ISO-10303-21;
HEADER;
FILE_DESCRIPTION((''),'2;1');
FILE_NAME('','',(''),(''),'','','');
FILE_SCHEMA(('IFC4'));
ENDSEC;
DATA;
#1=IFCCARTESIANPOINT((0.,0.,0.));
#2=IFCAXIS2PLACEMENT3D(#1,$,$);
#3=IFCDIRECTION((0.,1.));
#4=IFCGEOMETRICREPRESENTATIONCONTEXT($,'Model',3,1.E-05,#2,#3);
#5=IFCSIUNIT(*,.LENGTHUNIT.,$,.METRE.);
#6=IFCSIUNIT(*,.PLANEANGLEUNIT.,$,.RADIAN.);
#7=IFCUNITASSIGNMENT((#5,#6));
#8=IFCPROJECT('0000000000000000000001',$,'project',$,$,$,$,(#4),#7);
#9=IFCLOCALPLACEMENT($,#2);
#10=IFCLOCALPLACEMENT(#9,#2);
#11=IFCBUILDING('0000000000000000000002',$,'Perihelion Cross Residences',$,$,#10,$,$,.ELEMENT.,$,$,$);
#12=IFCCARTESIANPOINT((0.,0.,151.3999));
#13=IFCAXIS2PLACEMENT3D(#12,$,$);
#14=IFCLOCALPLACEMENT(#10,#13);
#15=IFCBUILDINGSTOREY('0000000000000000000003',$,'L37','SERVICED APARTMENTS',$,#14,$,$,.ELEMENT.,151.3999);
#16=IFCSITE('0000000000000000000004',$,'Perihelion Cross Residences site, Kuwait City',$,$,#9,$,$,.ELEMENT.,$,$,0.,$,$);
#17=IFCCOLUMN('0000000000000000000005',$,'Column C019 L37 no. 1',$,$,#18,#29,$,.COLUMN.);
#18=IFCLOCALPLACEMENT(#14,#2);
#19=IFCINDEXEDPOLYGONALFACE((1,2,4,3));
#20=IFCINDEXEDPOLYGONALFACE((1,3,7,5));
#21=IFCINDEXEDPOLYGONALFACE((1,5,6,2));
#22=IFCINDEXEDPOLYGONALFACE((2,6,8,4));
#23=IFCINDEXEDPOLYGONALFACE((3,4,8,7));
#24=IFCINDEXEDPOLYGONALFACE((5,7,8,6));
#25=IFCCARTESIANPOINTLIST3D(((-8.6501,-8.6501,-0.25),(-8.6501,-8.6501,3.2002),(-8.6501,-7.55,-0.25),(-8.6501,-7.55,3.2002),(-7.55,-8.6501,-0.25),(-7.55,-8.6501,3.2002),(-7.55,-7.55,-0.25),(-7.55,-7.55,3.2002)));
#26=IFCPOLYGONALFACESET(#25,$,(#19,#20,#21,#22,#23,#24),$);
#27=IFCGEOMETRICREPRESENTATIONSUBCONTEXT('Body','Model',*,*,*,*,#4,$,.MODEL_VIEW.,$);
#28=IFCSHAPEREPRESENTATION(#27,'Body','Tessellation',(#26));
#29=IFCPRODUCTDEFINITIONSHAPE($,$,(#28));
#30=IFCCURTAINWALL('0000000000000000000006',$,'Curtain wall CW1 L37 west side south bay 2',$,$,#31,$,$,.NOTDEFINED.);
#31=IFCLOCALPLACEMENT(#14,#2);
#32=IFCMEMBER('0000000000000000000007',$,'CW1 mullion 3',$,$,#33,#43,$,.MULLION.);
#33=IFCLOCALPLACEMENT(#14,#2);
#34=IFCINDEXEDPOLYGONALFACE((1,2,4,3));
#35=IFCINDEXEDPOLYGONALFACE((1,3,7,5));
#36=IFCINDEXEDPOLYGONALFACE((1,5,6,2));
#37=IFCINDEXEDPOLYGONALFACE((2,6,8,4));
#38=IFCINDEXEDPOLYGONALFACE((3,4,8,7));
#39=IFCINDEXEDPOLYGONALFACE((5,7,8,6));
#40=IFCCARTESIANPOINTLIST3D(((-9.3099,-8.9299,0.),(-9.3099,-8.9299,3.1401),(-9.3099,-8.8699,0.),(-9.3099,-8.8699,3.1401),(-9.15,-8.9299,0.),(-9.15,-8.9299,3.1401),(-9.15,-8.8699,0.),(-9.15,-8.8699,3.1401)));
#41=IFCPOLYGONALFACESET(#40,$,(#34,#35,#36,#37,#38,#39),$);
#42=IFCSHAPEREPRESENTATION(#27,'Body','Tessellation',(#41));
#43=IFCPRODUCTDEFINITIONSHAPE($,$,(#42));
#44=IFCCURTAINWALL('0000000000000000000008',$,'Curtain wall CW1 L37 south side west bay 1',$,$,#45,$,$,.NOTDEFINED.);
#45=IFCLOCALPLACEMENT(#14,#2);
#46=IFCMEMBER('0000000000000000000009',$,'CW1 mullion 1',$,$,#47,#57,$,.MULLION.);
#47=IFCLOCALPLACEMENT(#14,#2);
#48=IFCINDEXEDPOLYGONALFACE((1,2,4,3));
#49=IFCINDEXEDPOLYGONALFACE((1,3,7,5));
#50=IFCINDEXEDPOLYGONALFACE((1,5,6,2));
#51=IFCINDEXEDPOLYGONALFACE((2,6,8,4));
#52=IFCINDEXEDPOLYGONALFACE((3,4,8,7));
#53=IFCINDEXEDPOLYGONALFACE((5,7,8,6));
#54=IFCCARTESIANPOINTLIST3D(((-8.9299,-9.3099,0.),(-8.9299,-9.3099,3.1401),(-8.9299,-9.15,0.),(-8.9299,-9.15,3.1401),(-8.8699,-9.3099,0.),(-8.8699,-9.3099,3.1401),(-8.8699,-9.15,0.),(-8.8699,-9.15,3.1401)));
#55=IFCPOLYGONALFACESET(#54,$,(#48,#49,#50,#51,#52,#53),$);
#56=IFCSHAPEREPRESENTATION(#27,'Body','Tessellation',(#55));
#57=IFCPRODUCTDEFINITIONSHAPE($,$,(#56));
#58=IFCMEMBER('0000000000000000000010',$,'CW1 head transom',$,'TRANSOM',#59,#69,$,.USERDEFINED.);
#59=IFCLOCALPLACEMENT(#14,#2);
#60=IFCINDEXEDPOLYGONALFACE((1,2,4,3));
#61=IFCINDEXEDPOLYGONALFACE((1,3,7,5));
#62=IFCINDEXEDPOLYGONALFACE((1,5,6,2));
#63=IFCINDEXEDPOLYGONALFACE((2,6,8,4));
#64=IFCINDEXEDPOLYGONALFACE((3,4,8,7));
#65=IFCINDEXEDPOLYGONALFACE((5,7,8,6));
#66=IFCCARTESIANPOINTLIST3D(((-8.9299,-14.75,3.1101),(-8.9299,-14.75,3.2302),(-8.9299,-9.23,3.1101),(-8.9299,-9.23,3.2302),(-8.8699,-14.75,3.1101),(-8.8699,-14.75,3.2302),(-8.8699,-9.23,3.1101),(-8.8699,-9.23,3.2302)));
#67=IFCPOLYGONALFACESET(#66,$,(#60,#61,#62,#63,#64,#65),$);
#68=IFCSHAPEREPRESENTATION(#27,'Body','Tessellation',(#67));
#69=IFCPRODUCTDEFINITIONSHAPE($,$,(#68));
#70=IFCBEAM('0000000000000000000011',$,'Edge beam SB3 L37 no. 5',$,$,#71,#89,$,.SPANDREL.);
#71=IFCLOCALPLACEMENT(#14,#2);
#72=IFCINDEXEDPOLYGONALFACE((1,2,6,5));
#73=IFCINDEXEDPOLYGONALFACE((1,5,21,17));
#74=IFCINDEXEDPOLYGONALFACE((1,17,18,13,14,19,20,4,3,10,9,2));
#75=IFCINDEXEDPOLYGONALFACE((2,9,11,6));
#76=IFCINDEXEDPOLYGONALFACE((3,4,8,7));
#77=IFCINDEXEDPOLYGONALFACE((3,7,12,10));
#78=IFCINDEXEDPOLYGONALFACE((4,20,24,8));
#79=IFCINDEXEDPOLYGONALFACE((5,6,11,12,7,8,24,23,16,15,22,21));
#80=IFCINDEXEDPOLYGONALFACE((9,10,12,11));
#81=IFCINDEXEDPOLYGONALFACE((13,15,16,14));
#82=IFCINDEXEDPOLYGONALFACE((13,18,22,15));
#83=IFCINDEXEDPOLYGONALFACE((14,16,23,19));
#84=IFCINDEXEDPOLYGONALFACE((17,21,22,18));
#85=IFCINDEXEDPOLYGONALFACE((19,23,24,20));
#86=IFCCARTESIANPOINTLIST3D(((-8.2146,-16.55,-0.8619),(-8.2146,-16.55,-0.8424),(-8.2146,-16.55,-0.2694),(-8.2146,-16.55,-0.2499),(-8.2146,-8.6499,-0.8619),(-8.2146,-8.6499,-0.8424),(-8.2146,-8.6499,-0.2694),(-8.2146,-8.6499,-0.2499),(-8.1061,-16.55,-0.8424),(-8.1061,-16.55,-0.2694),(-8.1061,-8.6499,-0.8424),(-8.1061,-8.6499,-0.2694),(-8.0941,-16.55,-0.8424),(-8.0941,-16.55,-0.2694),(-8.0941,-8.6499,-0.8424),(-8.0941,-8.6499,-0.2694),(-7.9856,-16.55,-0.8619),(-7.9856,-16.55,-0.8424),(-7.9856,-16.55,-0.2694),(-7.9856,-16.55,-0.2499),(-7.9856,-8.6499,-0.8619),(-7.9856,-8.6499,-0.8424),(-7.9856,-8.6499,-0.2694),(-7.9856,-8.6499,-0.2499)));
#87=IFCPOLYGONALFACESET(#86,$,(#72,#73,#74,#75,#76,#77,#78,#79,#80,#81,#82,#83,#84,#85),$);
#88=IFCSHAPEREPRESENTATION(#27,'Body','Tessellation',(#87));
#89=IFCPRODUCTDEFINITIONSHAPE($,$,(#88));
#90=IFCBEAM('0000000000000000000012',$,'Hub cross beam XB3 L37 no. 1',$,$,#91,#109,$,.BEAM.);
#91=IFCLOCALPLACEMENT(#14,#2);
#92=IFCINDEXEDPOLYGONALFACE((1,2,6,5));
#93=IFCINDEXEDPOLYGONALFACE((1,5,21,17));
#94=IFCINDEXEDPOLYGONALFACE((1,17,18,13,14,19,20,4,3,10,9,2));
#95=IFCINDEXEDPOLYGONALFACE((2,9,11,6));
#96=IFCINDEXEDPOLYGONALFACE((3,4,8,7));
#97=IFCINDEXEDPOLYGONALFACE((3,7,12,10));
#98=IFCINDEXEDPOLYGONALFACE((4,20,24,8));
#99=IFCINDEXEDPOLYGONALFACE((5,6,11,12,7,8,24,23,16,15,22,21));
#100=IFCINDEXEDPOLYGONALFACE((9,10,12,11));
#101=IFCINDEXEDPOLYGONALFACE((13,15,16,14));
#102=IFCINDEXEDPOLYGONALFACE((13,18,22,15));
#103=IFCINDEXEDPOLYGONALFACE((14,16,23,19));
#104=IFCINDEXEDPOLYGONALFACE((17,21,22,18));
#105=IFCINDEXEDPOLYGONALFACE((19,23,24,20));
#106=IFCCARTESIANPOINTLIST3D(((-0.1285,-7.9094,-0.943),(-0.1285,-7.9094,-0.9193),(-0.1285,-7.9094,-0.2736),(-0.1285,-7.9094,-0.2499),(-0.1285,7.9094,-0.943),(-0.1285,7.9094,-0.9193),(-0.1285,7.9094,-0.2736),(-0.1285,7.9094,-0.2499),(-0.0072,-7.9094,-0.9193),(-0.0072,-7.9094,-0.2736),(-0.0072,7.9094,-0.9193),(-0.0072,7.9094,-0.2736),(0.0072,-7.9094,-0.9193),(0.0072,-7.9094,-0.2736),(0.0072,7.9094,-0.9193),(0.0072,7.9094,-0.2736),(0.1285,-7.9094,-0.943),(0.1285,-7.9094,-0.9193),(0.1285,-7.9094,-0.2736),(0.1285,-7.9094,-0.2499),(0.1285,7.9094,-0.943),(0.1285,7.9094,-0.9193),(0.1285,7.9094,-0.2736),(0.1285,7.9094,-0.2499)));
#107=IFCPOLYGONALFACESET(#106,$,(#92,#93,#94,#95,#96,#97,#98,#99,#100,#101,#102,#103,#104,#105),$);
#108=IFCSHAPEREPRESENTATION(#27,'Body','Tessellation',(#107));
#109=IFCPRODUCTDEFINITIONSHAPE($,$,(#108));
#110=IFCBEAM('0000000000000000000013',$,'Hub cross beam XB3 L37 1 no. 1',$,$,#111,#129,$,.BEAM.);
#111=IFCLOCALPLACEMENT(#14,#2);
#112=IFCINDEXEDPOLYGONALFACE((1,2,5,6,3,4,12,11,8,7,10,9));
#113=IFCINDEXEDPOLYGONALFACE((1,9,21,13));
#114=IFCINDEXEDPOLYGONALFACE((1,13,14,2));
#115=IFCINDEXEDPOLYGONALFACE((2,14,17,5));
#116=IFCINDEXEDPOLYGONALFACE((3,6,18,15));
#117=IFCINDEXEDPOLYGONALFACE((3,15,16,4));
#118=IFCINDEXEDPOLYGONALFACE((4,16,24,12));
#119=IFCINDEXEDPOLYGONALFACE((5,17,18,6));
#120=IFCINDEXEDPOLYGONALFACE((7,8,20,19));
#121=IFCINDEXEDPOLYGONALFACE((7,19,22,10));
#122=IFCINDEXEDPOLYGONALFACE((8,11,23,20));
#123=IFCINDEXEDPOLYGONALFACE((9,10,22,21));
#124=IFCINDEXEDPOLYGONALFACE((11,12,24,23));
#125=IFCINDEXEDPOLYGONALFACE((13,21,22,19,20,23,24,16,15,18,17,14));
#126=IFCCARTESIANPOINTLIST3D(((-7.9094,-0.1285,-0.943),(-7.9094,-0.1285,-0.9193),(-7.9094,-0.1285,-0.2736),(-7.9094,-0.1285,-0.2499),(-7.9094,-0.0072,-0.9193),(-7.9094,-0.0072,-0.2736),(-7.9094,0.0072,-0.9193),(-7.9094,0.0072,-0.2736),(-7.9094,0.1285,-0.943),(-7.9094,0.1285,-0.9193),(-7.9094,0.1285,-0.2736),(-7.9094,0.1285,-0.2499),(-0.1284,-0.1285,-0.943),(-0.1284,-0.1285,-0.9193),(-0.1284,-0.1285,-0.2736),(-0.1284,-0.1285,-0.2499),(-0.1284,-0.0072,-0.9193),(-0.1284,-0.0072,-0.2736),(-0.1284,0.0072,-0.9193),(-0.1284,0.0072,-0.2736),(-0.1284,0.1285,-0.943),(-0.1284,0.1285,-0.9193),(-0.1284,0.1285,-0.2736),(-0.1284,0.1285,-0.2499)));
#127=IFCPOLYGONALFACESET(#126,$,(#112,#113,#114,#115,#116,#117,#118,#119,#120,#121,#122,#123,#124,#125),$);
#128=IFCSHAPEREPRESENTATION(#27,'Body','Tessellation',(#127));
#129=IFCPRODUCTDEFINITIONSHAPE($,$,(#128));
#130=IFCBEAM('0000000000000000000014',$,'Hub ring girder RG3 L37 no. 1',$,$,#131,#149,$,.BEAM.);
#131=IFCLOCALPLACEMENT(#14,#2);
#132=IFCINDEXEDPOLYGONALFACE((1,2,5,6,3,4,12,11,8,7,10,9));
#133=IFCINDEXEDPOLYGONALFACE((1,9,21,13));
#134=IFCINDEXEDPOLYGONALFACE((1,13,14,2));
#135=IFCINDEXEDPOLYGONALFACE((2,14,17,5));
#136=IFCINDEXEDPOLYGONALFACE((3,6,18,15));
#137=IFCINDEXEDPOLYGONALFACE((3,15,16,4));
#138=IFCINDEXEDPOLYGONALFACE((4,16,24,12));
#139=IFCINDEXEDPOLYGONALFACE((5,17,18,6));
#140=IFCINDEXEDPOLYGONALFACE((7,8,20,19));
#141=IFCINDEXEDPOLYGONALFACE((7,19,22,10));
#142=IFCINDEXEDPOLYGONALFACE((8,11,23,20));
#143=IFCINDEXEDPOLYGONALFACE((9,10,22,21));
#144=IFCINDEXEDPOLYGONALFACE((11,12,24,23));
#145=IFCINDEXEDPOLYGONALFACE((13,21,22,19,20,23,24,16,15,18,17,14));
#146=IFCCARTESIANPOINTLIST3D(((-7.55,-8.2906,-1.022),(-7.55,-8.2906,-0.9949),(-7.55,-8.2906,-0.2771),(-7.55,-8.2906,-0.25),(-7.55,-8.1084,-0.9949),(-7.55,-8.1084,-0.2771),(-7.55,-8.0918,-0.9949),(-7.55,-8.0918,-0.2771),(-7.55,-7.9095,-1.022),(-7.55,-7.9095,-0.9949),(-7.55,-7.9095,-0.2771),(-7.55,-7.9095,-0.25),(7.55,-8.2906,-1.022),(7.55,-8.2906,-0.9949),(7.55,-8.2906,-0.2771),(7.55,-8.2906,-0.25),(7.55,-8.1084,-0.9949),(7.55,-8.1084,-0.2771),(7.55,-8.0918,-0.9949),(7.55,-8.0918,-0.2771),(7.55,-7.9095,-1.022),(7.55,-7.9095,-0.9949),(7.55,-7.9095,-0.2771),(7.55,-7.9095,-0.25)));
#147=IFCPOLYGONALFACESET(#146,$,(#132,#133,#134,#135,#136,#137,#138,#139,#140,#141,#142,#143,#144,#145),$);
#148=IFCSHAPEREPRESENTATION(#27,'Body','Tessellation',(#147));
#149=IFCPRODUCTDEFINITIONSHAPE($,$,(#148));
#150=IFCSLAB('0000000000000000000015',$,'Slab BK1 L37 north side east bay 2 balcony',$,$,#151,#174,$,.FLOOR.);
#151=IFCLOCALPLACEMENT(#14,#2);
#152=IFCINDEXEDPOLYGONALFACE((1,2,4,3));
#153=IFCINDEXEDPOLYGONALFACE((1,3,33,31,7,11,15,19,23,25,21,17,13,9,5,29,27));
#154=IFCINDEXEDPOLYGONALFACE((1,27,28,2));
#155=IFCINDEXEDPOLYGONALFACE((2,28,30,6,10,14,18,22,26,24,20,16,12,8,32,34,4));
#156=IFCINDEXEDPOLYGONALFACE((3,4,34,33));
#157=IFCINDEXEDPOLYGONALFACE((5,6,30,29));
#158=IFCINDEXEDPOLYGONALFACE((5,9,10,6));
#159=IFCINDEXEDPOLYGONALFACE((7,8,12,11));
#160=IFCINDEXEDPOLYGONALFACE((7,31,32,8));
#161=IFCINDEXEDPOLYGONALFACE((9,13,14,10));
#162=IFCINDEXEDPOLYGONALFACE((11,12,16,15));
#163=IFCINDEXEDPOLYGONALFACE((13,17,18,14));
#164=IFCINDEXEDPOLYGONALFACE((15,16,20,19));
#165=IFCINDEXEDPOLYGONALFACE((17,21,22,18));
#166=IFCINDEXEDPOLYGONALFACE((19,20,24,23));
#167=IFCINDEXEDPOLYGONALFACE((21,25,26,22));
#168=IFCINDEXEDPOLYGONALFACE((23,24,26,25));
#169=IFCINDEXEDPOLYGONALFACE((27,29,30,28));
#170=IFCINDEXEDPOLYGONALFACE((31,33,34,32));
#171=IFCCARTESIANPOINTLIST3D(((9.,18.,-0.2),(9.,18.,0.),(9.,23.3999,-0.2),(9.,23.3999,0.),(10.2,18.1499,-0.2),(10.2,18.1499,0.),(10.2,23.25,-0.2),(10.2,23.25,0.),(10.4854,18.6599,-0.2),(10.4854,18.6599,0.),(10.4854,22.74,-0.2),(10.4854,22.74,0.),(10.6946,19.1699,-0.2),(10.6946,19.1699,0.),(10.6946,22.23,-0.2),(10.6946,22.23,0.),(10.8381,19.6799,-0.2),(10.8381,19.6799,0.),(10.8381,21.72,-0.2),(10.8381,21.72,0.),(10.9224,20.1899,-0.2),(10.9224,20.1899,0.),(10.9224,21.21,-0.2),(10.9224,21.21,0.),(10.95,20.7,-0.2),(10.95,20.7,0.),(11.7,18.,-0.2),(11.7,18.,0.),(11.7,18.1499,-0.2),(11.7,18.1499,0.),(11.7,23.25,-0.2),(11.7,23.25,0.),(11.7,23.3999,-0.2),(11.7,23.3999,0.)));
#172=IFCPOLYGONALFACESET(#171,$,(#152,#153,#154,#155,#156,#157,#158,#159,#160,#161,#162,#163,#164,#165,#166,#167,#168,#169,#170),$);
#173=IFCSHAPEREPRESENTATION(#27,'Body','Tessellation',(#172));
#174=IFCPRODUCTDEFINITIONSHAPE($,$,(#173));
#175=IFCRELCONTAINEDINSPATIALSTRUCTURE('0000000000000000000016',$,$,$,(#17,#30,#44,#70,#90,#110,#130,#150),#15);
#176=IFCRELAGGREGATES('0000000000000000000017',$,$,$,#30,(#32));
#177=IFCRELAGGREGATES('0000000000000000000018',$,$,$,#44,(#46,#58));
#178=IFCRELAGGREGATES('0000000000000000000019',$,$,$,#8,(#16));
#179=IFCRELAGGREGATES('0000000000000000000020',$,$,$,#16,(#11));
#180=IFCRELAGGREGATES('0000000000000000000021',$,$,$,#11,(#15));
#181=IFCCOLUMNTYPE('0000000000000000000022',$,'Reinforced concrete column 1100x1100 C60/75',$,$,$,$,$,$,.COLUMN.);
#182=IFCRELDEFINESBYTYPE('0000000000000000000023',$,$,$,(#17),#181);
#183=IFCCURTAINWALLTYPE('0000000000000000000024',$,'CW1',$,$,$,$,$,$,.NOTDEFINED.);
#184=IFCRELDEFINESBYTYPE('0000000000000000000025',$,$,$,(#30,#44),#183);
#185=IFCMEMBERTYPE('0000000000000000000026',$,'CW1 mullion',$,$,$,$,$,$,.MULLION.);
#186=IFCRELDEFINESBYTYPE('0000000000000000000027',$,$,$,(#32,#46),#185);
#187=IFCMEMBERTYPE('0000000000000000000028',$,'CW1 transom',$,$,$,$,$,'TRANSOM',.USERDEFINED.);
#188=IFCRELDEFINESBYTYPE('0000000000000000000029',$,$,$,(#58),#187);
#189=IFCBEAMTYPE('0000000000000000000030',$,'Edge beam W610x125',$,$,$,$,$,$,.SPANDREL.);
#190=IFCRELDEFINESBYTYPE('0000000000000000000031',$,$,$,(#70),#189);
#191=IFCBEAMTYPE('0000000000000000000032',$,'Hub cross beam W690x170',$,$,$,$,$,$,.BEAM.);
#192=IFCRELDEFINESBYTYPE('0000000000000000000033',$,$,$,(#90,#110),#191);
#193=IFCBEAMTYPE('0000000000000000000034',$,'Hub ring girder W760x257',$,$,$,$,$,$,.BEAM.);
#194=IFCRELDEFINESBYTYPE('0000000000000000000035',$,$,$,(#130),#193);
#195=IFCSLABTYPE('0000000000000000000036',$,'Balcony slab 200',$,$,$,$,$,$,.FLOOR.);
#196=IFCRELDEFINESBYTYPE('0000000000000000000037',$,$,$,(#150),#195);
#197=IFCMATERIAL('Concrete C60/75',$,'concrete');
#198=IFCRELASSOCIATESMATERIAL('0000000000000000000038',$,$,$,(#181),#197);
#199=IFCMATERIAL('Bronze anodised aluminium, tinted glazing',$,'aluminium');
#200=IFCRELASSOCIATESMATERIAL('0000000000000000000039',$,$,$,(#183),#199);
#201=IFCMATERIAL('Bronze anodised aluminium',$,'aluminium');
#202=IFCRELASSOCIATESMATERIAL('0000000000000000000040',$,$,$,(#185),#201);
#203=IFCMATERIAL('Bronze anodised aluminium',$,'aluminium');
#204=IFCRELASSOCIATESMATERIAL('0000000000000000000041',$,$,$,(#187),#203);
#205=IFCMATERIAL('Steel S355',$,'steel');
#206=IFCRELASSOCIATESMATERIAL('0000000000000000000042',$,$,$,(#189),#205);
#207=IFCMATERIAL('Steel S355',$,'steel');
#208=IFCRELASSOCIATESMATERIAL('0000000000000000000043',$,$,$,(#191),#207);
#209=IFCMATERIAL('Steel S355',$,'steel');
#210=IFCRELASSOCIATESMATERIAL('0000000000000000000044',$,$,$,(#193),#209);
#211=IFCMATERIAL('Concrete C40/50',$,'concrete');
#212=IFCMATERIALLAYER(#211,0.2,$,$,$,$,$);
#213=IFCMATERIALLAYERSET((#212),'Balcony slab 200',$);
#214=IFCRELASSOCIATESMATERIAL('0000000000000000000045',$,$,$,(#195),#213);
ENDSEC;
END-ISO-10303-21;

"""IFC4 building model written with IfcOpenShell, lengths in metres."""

from ifc_helpers import new_model, si_unit, direction, frame, origin, origin_2d, place, context, subcontext, project, spatial, polyline, rectangle, i_section, outline, extrude, material, layer, layer_set, material_profile, profile_set, type_object, element, aggregate, save


model = new_model("IFC4")

# Units and contexts
model_context = context("Model", 3, precision=1e-05, world=origin(), true_north=direction((0.0, 1.0)))
body_context = subcontext(model_context, "Body", "Model", "MODEL_VIEW")
ifc_project = project(units=[si_unit("LENGTHUNIT", "METRE"), si_unit("PLANEANGLEUNIT", "RADIAN")], contexts=[model_context])

# Site, building, storey
site_placement = place(None, origin())
site = spatial("IfcSite", under=ifc_project, at=site_placement, Name="Perihelion Cross Residences site, Kuwait City", CompositionType="ELEMENT", RefElevation=0.0)
building_placement = place(site_placement, origin())
building = spatial("IfcBuilding", under=site, at=building_placement, Name="Perihelion Cross Residences", CompositionType="ELEMENT")
storey_placement = place(building_placement, frame((0.0, 0.0, 151.3999)))
storey = spatial("IfcBuildingStorey", under=building, at=storey_placement, Name="L37", Description="SERVICED APARTMENTS", CompositionType="ELEMENT", Elevation=151.3999)

# Column
ifc_material_1 = material(Name="Concrete C60/75", Category="concrete")
ifc_material_profile_1 = material_profile(ifc_material_1, rectangle(XDim=1.1001, YDim=1.1001, at=origin_2d()), Name="RC 1100x1100")
ifc_profile_set_1 = profile_set([ifc_material_profile_1], Name="Concrete C60/75")
column_type = type_object("IfcColumnType", Name="Reinforced concrete column 1100x1100 C60/75", PredefinedType="COLUMN", material=ifc_profile_set_1)
column_placement = place(storey_placement, frame((-8.1001, -8.1001, -0.25), z_axis=(0.0, 0.0, 1.0), x_axis=(1.0, 0.0, 0.0)))
element("IfcColumn", 1, at=column_placement, inside=storey, type_object=column_type, Name="Column C019 L37 no. 1", PredefinedType="COLUMN", context=body_context, shape_type="SweptSolid", body=[
    extrude(rectangle(XDim=1.1001, YDim=1.1001, at=origin_2d()), origin(), (0.0, 0.0, 1.0), 3.4502),
])

# Curtain wall, member
ifc_material_2 = material(Name="Bronze anodised aluminium, tinted glazing", Category="aluminium")
curtain_wall_type = type_object("IfcCurtainWallType", Name="CW1", PredefinedType="NOTDEFINED", material=ifc_material_2)
curtain_wall_1_placement = place(storey_placement, origin())
curtain_wall_1 = element("IfcCurtainWall", 2, at=curtain_wall_1_placement, inside=storey, type_object=curtain_wall_type, Name="Curtain wall CW1 L37 west side south bay 2", PredefinedType="NOTDEFINED")
ifc_material_3 = material(Name="Bronze anodised aluminium", Category="aluminium")
ifc_material_profile_2 = material_profile(ifc_material_3, rectangle(XDim=0.0601, YDim=0.1599, at=origin_2d()), Name="CW1 mullion")
ifc_profile_set_2 = profile_set([ifc_material_profile_2], Name="Bronze anodised aluminium")
member_type_1 = type_object("IfcMemberType", Name="CW1 mullion", PredefinedType="MULLION", material=ifc_profile_set_2)
member_1_placement = place(storey_placement, frame((-9.23, -8.8999, 0.0), z_axis=(0.0, 0.0, 1.0), x_axis=(0.0, 1.0, 0.0)))
member_1 = element("IfcMember", 3, at=member_1_placement, type_object=member_type_1, Name="CW1 mullion 3", PredefinedType="MULLION", context=body_context, shape_type="SweptSolid", body=[
    extrude(rectangle(XDim=0.0601, YDim=0.1599, at=origin_2d()), origin(), (0.0, 0.0, 1.0), 3.1401),
])
aggregate(curtain_wall_1, [member_1])

# Curtain wall, members
curtain_wall_2_placement = place(storey_placement, origin())
curtain_wall_2 = element("IfcCurtainWall", 4, at=curtain_wall_2_placement, inside=storey, type_object=curtain_wall_type, Name="Curtain wall CW1 L37 south side west bay 1", PredefinedType="NOTDEFINED")
member_2_placement = place(storey_placement, frame((-8.8999, -9.23, 0.0), z_axis=(0.0, 0.0, 1.0), x_axis=(1.0, 0.0, 0.0)))
member_2 = element("IfcMember", 5, at=member_2_placement, type_object=member_type_1, Name="CW1 mullion 1", PredefinedType="MULLION", context=body_context, shape_type="SweptSolid", body=[
    extrude(rectangle(XDim=0.0601, YDim=0.1599, at=origin_2d()), origin(), (0.0, 0.0, 1.0), 3.1401),
])
ifc_material_4 = material(Name="Bronze anodised aluminium", Category="aluminium")
ifc_material_profile_3 = material_profile(ifc_material_4, rectangle(XDim=0.0601, YDim=0.1201, at=origin_2d()), Name="CW1 transom")
ifc_profile_set_3 = profile_set([ifc_material_profile_3], Name="Bronze anodised aluminium")
member_type_2 = type_object("IfcMemberType", Name="CW1 transom", ElementType="TRANSOM", PredefinedType="USERDEFINED", material=ifc_profile_set_3)
member_3_placement = place(storey_placement, frame((-8.8999, -9.23, 3.1702), z_axis=(0.0, -1.0, 0.0), x_axis=(1.0, 0.0, 0.0)))
member_3 = element("IfcMember", 6, at=member_3_placement, type_object=member_type_2, Name="CW1 head transom", ObjectType="TRANSOM", PredefinedType="USERDEFINED", context=body_context, shape_type="SweptSolid", body=[
    extrude(rectangle(XDim=0.0601, YDim=0.1201, at=origin_2d()), origin(), (0.0, 0.0, 1.0), 5.52),
])
aggregate(curtain_wall_2, [member_2, member_3])

# Beams
ifc_material_5 = material(Name="Steel S355", Category="steel")
ifc_material_profile_4 = material_profile(ifc_material_5, i_section(OverallWidth=0.229, OverallDepth=0.6121, WebThickness=0.012, FlangeThickness=0.0195, at=origin_2d()), Name="W610x125")
ifc_profile_set_4 = profile_set([ifc_material_profile_4], Name="Steel S355")
beam_type_1 = type_object("IfcBeamType", Name="Edge beam W610x125", PredefinedType="SPANDREL", material=ifc_profile_set_4)
beam_1_placement = place(storey_placement, frame((-8.1001, -8.6499, -0.5559), z_axis=(0.0, -1.0, 0.0), x_axis=(1.0, 0.0, 0.0)))
element("IfcBeam", 7, at=beam_1_placement, inside=storey, type_object=beam_type_1, Name="Edge beam SB3 L37 no. 5", PredefinedType="SPANDREL", context=body_context, shape_type="SweptSolid", body=[
    extrude(i_section(OverallWidth=0.229, OverallDepth=0.6121, WebThickness=0.012, FlangeThickness=0.0195, at=origin_2d()), origin(), (0.0, 0.0, 1.0), 7.9001),
])
ifc_material_6 = material(Name="Steel S355", Category="steel")
ifc_material_profile_5 = material_profile(ifc_material_6, i_section(OverallWidth=0.2571, OverallDepth=0.6931, WebThickness=0.0144, FlangeThickness=0.0237, at=origin_2d()), Name="W690x170")
ifc_profile_set_5 = profile_set([ifc_material_profile_5], Name="Steel S355")
beam_type_2 = type_object("IfcBeamType", Name="Hub cross beam W690x170", PredefinedType="BEAM", material=ifc_profile_set_5)
beam_2_placement = place(storey_placement, frame((0.0, -7.9094, -0.5964), z_axis=(0.0, 1.0, 0.0), x_axis=(-1.0, 0.0, 0.0)))
element("IfcBeam", 8, at=beam_2_placement, inside=storey, type_object=beam_type_2, Name="Hub cross beam XB3 L37 no. 1", PredefinedType="BEAM", context=body_context, shape_type="SweptSolid", body=[
    extrude(i_section(OverallWidth=0.2571, OverallDepth=0.6931, WebThickness=0.0144, FlangeThickness=0.0237, at=origin_2d()), origin(), (0.0, 0.0, 1.0), 15.8188),
])
beam_3_placement = place(storey_placement, frame((-7.9094, 0.0, -0.5964), z_axis=(1.0, 0.0, 0.0), x_axis=(0.0, 1.0, 0.0)))
element("IfcBeam", 9, at=beam_3_placement, inside=storey, type_object=beam_type_2, Name="Hub cross beam XB3 L37 1 no. 1", PredefinedType="BEAM", context=body_context, shape_type="SweptSolid", body=[
    extrude(i_section(OverallWidth=0.2571, OverallDepth=0.6931, WebThickness=0.0144, FlangeThickness=0.0237, at=origin_2d()), origin(), (0.0, 0.0, 1.0), 7.781),
])
ifc_material_7 = material(Name="Steel S355", Category="steel")
ifc_material_profile_6 = material_profile(ifc_material_7, i_section(OverallWidth=0.3811, OverallDepth=0.772, WebThickness=0.0166, FlangeThickness=0.0271, at=origin_2d()), Name="W760x257")
ifc_profile_set_6 = profile_set([ifc_material_profile_6], Name="Steel S355")
beam_type_3 = type_object("IfcBeamType", Name="Hub ring girder W760x257", PredefinedType="BEAM", material=ifc_profile_set_6)
beam_4_placement = place(storey_placement, frame((-7.55, -8.1001, -0.636), z_axis=(1.0, 0.0, 0.0), x_axis=(0.0, 1.0, 0.0)))
element("IfcBeam", 10, at=beam_4_placement, inside=storey, type_object=beam_type_3, Name="Hub ring girder RG3 L37 no. 1", PredefinedType="BEAM", context=body_context, shape_type="SweptSolid", body=[
    extrude(i_section(OverallWidth=0.3811, OverallDepth=0.772, WebThickness=0.0166, FlangeThickness=0.0271, at=origin_2d()), origin(), (0.0, 0.0, 1.0), 15.1001),
])

# Slab
ifc_material_8 = material(Name="Concrete C40/50", Category="concrete")
ifc_layer_1 = layer(ifc_material_8, 0.2)
ifc_layer_set_1 = layer_set([ifc_layer_1], Name="Balcony slab 200")
slab_type_1 = type_object("IfcSlabType", Name="Balcony slab 200", PredefinedType="FLOOR", material=ifc_layer_set_1)
slab_1_placement = place(storey_placement, frame((0.0, 0.0, -0.2)))
element("IfcSlab", 11, at=slab_1_placement, inside=storey, type_object=slab_type_1, Name="Slab BK1 L37 north side east bay 2 balcony", PredefinedType="FLOOR", context=body_context, shape_type="SweptSolid", body=[
    extrude(outline(polyline([(9.0, 18.0), (9.0, 23.3999), (11.7, 23.3999), (11.7, 23.25), (10.2, 23.25), (10.4854, 22.74), (10.6946, 22.23), (10.8381, 21.72), (10.9224, 21.21), (10.95, 20.7), (10.9224, 20.1899), (10.8381, 19.6799), (10.6946, 19.1699), (10.4854, 18.6599), (10.2, 18.1499), (11.7, 18.1499), (11.7, 18.0), (9.0, 18.0)])), origin(), (0.0, 0.0, 1.0), 0.2),
])

save(model, "model.ifc")
